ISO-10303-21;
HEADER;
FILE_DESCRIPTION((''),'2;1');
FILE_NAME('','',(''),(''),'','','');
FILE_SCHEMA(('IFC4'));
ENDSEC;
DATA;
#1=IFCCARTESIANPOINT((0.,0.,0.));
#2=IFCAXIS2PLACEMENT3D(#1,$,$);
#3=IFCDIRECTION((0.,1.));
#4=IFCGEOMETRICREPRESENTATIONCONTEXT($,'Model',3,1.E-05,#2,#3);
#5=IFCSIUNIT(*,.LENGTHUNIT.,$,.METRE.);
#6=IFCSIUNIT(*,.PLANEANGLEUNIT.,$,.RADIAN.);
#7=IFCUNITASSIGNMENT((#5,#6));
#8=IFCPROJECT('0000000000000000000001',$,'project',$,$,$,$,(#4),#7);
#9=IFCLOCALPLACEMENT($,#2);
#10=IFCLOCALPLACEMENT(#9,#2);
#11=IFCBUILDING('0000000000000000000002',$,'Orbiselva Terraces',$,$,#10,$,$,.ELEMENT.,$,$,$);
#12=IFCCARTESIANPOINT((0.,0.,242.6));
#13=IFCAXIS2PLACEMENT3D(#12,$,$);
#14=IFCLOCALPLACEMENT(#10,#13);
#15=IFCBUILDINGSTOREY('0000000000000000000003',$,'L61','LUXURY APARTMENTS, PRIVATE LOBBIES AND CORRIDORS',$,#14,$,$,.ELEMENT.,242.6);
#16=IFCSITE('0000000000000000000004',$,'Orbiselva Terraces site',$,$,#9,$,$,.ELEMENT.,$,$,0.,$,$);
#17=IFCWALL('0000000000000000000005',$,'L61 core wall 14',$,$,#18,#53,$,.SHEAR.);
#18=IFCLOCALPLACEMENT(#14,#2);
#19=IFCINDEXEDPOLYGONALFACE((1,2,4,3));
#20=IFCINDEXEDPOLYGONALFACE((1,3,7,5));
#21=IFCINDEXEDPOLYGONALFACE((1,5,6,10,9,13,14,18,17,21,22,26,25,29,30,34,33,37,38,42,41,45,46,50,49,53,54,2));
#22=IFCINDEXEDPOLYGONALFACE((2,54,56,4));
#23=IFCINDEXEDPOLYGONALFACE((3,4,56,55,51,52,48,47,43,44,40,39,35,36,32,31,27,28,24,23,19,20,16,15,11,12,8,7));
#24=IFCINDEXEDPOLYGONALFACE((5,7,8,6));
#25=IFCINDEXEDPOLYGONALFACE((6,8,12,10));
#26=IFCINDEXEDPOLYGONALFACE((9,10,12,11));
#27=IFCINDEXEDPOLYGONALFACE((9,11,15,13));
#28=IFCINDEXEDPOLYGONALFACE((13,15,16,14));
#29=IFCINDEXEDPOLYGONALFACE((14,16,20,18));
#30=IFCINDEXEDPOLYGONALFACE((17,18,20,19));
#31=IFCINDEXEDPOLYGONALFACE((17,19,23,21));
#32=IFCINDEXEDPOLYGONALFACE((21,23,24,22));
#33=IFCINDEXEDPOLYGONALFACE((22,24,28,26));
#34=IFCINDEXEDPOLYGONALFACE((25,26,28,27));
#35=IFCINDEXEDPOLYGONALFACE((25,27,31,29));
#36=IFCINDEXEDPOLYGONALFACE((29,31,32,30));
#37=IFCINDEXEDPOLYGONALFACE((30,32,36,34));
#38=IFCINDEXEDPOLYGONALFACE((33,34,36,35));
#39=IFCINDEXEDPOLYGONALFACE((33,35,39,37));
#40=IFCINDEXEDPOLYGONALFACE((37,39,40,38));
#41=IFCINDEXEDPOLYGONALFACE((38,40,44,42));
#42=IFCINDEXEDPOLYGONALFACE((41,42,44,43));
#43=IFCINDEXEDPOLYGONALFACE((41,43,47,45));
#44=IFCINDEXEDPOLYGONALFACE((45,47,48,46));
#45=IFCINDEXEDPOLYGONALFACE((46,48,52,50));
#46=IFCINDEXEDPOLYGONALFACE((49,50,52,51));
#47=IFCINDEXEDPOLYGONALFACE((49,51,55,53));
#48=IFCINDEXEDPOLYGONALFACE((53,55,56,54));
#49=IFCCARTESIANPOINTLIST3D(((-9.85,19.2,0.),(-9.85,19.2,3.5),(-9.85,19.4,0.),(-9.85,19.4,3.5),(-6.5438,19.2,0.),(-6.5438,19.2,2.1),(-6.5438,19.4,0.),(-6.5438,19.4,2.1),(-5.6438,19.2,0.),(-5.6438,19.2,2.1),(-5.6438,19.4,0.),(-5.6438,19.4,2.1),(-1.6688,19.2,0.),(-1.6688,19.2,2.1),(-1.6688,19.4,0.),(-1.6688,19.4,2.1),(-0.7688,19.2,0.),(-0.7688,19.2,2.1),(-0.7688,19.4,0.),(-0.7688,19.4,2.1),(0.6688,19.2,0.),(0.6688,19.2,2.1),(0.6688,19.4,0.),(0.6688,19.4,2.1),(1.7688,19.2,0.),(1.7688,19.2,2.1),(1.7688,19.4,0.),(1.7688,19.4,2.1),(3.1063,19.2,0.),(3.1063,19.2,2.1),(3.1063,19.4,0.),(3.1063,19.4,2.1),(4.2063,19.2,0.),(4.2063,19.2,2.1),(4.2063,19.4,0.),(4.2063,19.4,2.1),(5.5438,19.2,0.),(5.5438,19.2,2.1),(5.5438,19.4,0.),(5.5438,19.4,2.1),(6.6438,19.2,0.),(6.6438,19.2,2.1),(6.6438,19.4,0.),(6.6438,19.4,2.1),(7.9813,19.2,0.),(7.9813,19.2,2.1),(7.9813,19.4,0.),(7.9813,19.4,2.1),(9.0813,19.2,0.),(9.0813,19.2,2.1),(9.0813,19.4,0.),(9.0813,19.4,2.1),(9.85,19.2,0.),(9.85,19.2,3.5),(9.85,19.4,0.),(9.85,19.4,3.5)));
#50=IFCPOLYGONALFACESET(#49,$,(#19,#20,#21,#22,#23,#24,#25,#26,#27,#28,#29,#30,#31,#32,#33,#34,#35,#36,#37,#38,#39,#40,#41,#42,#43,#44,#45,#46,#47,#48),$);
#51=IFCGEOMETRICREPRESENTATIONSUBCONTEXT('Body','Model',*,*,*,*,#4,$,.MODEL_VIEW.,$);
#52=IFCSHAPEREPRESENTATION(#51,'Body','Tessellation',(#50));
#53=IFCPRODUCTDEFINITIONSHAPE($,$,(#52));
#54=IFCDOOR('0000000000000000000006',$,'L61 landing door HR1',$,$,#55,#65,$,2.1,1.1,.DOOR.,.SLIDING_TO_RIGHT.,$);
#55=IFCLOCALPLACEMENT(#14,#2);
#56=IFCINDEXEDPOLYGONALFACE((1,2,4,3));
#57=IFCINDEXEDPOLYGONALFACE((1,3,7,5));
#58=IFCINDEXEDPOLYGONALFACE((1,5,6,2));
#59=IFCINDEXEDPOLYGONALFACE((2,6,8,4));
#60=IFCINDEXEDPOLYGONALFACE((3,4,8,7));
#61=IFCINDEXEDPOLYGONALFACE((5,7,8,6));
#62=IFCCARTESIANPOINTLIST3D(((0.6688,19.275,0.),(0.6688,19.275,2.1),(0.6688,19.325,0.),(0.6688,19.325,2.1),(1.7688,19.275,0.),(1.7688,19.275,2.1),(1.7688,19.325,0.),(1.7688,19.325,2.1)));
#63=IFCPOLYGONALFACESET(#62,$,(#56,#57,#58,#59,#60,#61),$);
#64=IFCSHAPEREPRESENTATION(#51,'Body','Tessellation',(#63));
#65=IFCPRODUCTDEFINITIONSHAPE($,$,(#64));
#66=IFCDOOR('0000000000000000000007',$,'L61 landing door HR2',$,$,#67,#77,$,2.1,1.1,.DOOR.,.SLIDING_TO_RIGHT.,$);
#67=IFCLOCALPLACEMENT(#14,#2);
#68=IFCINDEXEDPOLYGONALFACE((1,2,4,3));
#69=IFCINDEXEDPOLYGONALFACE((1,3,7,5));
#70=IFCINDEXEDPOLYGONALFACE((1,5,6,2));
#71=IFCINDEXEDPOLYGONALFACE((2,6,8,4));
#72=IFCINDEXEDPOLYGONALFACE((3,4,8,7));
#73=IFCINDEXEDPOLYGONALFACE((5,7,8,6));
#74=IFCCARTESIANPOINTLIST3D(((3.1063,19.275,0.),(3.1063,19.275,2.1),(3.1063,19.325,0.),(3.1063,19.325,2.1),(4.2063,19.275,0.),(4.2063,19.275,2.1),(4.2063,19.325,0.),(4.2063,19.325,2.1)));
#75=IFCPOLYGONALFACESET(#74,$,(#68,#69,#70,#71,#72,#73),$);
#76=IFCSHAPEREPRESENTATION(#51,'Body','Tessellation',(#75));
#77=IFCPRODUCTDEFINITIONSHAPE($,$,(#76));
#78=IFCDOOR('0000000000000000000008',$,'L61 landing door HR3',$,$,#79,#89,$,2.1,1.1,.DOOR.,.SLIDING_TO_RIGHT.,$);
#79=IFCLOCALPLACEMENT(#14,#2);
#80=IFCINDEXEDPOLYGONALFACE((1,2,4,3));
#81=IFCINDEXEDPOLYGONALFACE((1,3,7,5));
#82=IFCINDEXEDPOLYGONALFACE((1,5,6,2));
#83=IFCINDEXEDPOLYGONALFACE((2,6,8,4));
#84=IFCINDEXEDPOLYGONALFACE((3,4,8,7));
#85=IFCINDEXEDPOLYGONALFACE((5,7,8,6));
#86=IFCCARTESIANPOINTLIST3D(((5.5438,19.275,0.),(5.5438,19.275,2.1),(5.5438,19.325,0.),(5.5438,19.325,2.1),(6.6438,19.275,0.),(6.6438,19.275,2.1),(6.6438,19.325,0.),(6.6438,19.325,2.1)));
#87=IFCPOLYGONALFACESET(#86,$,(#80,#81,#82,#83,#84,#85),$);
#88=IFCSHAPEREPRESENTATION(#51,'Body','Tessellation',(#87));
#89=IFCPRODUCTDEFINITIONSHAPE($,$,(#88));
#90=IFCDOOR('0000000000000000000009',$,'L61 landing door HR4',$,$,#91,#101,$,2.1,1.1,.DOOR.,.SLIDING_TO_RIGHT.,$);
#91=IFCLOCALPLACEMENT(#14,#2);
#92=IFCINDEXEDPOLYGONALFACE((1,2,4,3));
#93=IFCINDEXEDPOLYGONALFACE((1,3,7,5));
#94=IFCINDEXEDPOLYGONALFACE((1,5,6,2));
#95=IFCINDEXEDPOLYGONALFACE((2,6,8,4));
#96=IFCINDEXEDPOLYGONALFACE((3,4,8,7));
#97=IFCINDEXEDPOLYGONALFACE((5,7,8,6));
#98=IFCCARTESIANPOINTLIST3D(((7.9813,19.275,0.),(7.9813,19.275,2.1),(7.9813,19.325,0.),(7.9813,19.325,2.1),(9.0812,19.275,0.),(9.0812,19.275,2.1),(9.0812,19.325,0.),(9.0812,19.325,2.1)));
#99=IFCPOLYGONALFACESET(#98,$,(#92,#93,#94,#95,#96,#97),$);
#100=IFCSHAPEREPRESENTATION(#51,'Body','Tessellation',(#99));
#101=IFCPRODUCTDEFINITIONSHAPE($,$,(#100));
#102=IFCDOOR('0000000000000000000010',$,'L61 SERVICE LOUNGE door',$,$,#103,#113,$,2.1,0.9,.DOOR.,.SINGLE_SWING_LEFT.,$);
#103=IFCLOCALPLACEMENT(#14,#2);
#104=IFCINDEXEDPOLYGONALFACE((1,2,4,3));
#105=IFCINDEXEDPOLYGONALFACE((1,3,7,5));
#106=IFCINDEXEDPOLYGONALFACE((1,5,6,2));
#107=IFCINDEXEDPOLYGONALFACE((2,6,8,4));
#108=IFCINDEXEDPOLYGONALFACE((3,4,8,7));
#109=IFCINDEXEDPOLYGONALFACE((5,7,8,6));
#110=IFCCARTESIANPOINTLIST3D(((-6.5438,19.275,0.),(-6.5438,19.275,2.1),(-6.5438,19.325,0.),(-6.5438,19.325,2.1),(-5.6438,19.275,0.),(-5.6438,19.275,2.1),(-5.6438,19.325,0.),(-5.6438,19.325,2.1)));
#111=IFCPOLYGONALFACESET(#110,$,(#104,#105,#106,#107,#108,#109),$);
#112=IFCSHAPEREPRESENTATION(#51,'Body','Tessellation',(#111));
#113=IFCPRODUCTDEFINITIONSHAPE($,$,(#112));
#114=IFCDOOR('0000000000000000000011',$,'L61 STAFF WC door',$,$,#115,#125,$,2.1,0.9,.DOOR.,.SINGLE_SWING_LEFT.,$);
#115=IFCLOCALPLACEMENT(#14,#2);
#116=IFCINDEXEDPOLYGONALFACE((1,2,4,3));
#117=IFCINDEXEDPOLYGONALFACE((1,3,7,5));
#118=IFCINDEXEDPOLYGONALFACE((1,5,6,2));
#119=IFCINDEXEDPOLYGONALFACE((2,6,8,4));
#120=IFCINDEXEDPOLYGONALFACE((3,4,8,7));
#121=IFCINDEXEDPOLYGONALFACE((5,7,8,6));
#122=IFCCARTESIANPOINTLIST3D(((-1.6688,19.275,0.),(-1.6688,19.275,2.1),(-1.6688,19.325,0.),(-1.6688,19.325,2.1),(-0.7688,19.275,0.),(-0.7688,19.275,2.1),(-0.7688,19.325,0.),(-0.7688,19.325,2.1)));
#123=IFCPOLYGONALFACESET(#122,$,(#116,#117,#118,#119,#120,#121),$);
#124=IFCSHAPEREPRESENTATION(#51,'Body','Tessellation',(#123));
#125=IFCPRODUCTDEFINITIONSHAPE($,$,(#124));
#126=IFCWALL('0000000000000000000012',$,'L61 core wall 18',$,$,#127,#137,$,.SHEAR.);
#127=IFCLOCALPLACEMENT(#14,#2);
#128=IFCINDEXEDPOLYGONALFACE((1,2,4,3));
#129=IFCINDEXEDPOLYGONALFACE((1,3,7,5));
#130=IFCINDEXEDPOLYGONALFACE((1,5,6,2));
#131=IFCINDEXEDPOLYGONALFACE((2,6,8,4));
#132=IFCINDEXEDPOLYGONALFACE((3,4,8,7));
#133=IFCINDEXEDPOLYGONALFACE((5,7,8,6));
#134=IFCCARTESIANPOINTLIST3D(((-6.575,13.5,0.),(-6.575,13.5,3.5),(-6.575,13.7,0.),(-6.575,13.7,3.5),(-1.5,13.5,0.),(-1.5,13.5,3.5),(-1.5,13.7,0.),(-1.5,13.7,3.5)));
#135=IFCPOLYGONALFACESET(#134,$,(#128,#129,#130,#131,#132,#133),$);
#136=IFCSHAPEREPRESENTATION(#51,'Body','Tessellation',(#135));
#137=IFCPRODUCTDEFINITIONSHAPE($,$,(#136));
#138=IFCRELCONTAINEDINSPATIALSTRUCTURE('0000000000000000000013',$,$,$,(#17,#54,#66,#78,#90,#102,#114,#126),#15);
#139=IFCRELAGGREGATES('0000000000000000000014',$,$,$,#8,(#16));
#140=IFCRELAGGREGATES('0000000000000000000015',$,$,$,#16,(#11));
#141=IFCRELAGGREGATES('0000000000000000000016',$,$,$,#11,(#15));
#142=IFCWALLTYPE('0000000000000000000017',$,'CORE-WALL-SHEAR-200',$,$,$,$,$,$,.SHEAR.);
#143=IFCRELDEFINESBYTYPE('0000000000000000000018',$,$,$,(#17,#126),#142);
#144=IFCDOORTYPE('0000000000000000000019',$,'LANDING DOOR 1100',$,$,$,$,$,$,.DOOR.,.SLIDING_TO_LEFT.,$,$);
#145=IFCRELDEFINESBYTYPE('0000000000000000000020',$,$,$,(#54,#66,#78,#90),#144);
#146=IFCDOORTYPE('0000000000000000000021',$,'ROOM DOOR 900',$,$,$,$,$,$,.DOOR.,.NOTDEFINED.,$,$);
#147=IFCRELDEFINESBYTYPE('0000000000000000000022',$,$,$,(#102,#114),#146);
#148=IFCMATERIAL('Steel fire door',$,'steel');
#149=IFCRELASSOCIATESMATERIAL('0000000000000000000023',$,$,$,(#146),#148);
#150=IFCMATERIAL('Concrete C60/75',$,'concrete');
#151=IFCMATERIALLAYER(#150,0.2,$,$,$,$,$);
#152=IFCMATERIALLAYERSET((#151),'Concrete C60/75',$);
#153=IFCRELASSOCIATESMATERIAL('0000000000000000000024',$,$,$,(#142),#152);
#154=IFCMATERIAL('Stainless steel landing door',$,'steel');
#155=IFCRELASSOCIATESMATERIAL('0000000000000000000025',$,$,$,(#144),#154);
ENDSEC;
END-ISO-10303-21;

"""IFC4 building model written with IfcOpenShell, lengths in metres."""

from ifc_helpers import new_model, si_unit, direction, frame, frame_2d, origin, place, context, subcontext, project, spatial, rectangle, extrude, material, layer, layer_set, type_object, element, fill, save


model = new_model("IFC4")

# Units and contexts
model_context = context("Model", 3, precision=1e-05, world=origin(), true_north=direction((0.0, 1.0)))
body_context = subcontext(model_context, "Body", "Model", "MODEL_VIEW")
ifc_project = project(units=[si_unit("LENGTHUNIT", "METRE"), si_unit("PLANEANGLEUNIT", "RADIAN")], contexts=[model_context])

# Site, building, storey
site_placement = place(None, origin())
site = spatial("IfcSite", under=ifc_project, at=site_placement, Name="Orbiselva Terraces site", CompositionType="ELEMENT", RefElevation=0.0)
building_placement = place(site_placement, origin())
building = spatial("IfcBuilding", under=site, at=building_placement, Name="Orbiselva Terraces", CompositionType="ELEMENT")
storey_placement = place(building_placement, frame((0.0, 0.0, 242.6)))
storey = spatial("IfcBuildingStorey", under=building, at=storey_placement, Name="L61", Description="LUXURY APARTMENTS, PRIVATE LOBBIES AND CORRIDORS", CompositionType="ELEMENT", Elevation=242.6)

# Shared definitions
ifc_material_1 = material(Name="Steel fire door", Category="steel")
door_type_1 = type_object("IfcDoorType", Name="ROOM DOOR 900", OperationType="NOTDEFINED", PredefinedType="DOOR", material=ifc_material_1)

# Shared definitions
ifc_material_2 = material(Name="Concrete C60/75", Category="concrete")
ifc_layer_1 = layer(ifc_material_2, 0.2)
ifc_layer_set_1 = layer_set([ifc_layer_1], Name="Concrete C60/75")
wall_type_1 = type_object("IfcWallType", Name="CORE-WALL-SHEAR-200", PredefinedType="SHEAR", material=ifc_layer_set_1)

# Wall, openings, doors
wall_1_placement = place(storey_placement, frame((-9.85, 19.3, 0.0), z_axis=(0.0, 0.0, 1.0), x_axis=(1.0, 0.0, 0.0)))
wall_1 = element("IfcWall", 1, at=wall_1_placement, inside=storey, type_object=wall_type_1, Name="L61 core wall 14", PredefinedType="SHEAR", context=body_context, shape_type="SweptSolid", body=[
    extrude(rectangle(XDim=19.7, YDim=0.2, at=frame_2d((9.85, 0.0))), origin(), (0.0, 0.0, 1.0), 3.5),
])
opening_1_placement = place(wall_1_placement, frame((10.5188, 0.0, 0.0)))
opening_1 = element("IfcOpeningElement", 2, at=opening_1_placement, cuts=wall_1, PredefinedType="OPENING", context=body_context, shape_type="SweptSolid", body=[
    extrude(rectangle(XDim=1.1, YDim=2.1, at=frame_2d((0.55, 1.05))), frame((0.0, 0.11, 0.0), z_axis=(0.0, -1.0, 0.0), x_axis=(1.0, 0.0, 0.0)), (0.0, 0.0, 1.0), 0.22),
])
opening_2_placement = place(wall_1_placement, frame((12.9563, 0.0, 0.0)))
opening_2 = element("IfcOpeningElement", 3, at=opening_2_placement, cuts=wall_1, PredefinedType="OPENING", context=body_context, shape_type="SweptSolid", body=[
    extrude(rectangle(XDim=1.1, YDim=2.1, at=frame_2d((0.55, 1.05))), frame((0.0, 0.11, 0.0), z_axis=(0.0, -1.0, 0.0), x_axis=(1.0, 0.0, 0.0)), (0.0, 0.0, 1.0), 0.22),
])
opening_3_placement = place(wall_1_placement, frame((15.3938, 0.0, 0.0)))
opening_3 = element("IfcOpeningElement", 4, at=opening_3_placement, cuts=wall_1, PredefinedType="OPENING", context=body_context, shape_type="SweptSolid", body=[
    extrude(rectangle(XDim=1.1, YDim=2.1, at=frame_2d((0.55, 1.05))), frame((0.0, 0.11, 0.0), z_axis=(0.0, -1.0, 0.0), x_axis=(1.0, 0.0, 0.0)), (0.0, 0.0, 1.0), 0.22),
])
opening_4_placement = place(wall_1_placement, frame((17.8313, 0.0, 0.0)))
opening_4 = element("IfcOpeningElement", 5, at=opening_4_placement, cuts=wall_1, PredefinedType="OPENING", context=body_context, shape_type="SweptSolid", body=[
    extrude(rectangle(XDim=1.1, YDim=2.1, at=frame_2d((0.55, 1.05))), frame((0.0, 0.11, 0.0), z_axis=(0.0, -1.0, 0.0), x_axis=(1.0, 0.0, 0.0)), (0.0, 0.0, 1.0), 0.22),
])
opening_5_placement = place(wall_1_placement, frame((3.3062, 0.0, 0.0)))
opening_5 = element("IfcOpeningElement", 6, at=opening_5_placement, cuts=wall_1, PredefinedType="OPENING", context=body_context, shape_type="SweptSolid", body=[
    extrude(rectangle(XDim=0.9, YDim=2.1, at=frame_2d((0.45, 1.05))), frame((0.0, 0.11, 0.0), z_axis=(0.0, -1.0, 0.0), x_axis=(1.0, 0.0, 0.0)), (0.0, 0.0, 1.0), 0.22),
])
opening_6_placement = place(wall_1_placement, frame((8.1812, 0.0, 0.0)))
opening_6 = element("IfcOpeningElement", 7, at=opening_6_placement, cuts=wall_1, PredefinedType="OPENING", context=body_context, shape_type="SweptSolid", body=[
    extrude(rectangle(XDim=0.9, YDim=2.1, at=frame_2d((0.45, 1.05))), frame((0.0, 0.11, 0.0), z_axis=(0.0, -1.0, 0.0), x_axis=(1.0, 0.0, 0.0)), (0.0, 0.0, 1.0), 0.22),
])
ifc_material_3 = material(Name="Stainless steel landing door", Category="steel")
door_type_2 = type_object("IfcDoorType", Name="LANDING DOOR 1100", OperationType="SLIDING_TO_LEFT", PredefinedType="DOOR", material=ifc_material_3)
door_1_placement = place(opening_1_placement, origin())
door_1 = element("IfcDoor", 8, at=door_1_placement, inside=storey, type_object=door_type_2, Name="L61 landing door HR1", OperationType="SLIDING_TO_RIGHT", OverallHeight=2.1, OverallWidth=1.1, PredefinedType="DOOR", context=body_context, shape_type="SweptSolid", body=[
    extrude(rectangle(XDim=1.1, YDim=2.1, at=frame_2d((0.55, 1.05))), frame((0.0, 0.025, 0.0), z_axis=(0.0, -1.0, 0.0), x_axis=(1.0, 0.0, 0.0)), (0.0, 0.0, 1.0), 0.05),
])
fill(opening_1, door_1)
door_2_placement = place(opening_2_placement, origin())
door_2 = element("IfcDoor", 9, at=door_2_placement, inside=storey, type_object=door_type_2, Name="L61 landing door HR2", OperationType="SLIDING_TO_RIGHT", OverallHeight=2.1, OverallWidth=1.1, PredefinedType="DOOR", context=body_context, shape_type="SweptSolid", body=[
    extrude(rectangle(XDim=1.1, YDim=2.1, at=frame_2d((0.55, 1.05))), frame((0.0, 0.025, 0.0), z_axis=(0.0, -1.0, 0.0), x_axis=(1.0, 0.0, 0.0)), (0.0, 0.0, 1.0), 0.05),
])
fill(opening_2, door_2)
door_3_placement = place(opening_3_placement, origin())
door_3 = element("IfcDoor", 10, at=door_3_placement, inside=storey, type_object=door_type_2, Name="L61 landing door HR3", OperationType="SLIDING_TO_RIGHT", OverallHeight=2.1, OverallWidth=1.1, PredefinedType="DOOR", context=body_context, shape_type="SweptSolid", body=[
    extrude(rectangle(XDim=1.1, YDim=2.1, at=frame_2d((0.55, 1.05))), frame((0.0, 0.025, 0.0), z_axis=(0.0, -1.0, 0.0), x_axis=(1.0, 0.0, 0.0)), (0.0, 0.0, 1.0), 0.05),
])
fill(opening_3, door_3)
door_4_placement = place(opening_4_placement, origin())
door_4 = element("IfcDoor", 11, at=door_4_placement, inside=storey, type_object=door_type_2, Name="L61 landing door HR4", OperationType="SLIDING_TO_RIGHT", OverallHeight=2.1, OverallWidth=1.1, PredefinedType="DOOR", context=body_context, shape_type="SweptSolid", body=[
    extrude(rectangle(XDim=1.1, YDim=2.1, at=frame_2d((0.55, 1.05))), frame((0.0, 0.025, 0.0), z_axis=(0.0, -1.0, 0.0), x_axis=(1.0, 0.0, 0.0)), (0.0, 0.0, 1.0), 0.05),
])
fill(opening_4, door_4)
door_5_placement = place(opening_5_placement, origin())
door_5 = element("IfcDoor", 12, at=door_5_placement, inside=storey, type_object=door_type_1, Name="L61 SERVICE LOUNGE door", OperationType="SINGLE_SWING_LEFT", OverallHeight=2.1, OverallWidth=0.9, PredefinedType="DOOR", context=body_context, shape_type="SweptSolid", body=[
    extrude(rectangle(XDim=0.9, YDim=2.1, at=frame_2d((0.45, 1.05))), frame((0.0, 0.025, 0.0), z_axis=(0.0, -1.0, 0.0), x_axis=(1.0, 0.0, 0.0)), (0.0, 0.0, 1.0), 0.05),
])
fill(opening_5, door_5)
door_6_placement = place(opening_6_placement, origin())
door_6 = element("IfcDoor", 13, at=door_6_placement, inside=storey, type_object=door_type_1, Name="L61 STAFF WC door", OperationType="SINGLE_SWING_LEFT", OverallHeight=2.1, OverallWidth=0.9, PredefinedType="DOOR", context=body_context, shape_type="SweptSolid", body=[
    extrude(rectangle(XDim=0.9, YDim=2.1, at=frame_2d((0.45, 1.05))), frame((0.0, 0.025, 0.0), z_axis=(0.0, -1.0, 0.0), x_axis=(1.0, 0.0, 0.0)), (0.0, 0.0, 1.0), 0.05),
])
fill(opening_6, door_6)

# Wall
wall_2_placement = place(storey_placement, frame((-6.575, 13.6, 0.0), z_axis=(0.0, 0.0, 1.0), x_axis=(1.0, 0.0, 0.0)))
element("IfcWall", 14, at=wall_2_placement, inside=storey, type_object=wall_type_1, Name="L61 core wall 18", PredefinedType="SHEAR", context=body_context, shape_type="SweptSolid", body=[
    extrude(rectangle(XDim=5.075, YDim=0.2, at=frame_2d((2.5375, 0.0))), origin(), (0.0, 0.0, 1.0), 3.5),
])

save(model, "model.ifc")
